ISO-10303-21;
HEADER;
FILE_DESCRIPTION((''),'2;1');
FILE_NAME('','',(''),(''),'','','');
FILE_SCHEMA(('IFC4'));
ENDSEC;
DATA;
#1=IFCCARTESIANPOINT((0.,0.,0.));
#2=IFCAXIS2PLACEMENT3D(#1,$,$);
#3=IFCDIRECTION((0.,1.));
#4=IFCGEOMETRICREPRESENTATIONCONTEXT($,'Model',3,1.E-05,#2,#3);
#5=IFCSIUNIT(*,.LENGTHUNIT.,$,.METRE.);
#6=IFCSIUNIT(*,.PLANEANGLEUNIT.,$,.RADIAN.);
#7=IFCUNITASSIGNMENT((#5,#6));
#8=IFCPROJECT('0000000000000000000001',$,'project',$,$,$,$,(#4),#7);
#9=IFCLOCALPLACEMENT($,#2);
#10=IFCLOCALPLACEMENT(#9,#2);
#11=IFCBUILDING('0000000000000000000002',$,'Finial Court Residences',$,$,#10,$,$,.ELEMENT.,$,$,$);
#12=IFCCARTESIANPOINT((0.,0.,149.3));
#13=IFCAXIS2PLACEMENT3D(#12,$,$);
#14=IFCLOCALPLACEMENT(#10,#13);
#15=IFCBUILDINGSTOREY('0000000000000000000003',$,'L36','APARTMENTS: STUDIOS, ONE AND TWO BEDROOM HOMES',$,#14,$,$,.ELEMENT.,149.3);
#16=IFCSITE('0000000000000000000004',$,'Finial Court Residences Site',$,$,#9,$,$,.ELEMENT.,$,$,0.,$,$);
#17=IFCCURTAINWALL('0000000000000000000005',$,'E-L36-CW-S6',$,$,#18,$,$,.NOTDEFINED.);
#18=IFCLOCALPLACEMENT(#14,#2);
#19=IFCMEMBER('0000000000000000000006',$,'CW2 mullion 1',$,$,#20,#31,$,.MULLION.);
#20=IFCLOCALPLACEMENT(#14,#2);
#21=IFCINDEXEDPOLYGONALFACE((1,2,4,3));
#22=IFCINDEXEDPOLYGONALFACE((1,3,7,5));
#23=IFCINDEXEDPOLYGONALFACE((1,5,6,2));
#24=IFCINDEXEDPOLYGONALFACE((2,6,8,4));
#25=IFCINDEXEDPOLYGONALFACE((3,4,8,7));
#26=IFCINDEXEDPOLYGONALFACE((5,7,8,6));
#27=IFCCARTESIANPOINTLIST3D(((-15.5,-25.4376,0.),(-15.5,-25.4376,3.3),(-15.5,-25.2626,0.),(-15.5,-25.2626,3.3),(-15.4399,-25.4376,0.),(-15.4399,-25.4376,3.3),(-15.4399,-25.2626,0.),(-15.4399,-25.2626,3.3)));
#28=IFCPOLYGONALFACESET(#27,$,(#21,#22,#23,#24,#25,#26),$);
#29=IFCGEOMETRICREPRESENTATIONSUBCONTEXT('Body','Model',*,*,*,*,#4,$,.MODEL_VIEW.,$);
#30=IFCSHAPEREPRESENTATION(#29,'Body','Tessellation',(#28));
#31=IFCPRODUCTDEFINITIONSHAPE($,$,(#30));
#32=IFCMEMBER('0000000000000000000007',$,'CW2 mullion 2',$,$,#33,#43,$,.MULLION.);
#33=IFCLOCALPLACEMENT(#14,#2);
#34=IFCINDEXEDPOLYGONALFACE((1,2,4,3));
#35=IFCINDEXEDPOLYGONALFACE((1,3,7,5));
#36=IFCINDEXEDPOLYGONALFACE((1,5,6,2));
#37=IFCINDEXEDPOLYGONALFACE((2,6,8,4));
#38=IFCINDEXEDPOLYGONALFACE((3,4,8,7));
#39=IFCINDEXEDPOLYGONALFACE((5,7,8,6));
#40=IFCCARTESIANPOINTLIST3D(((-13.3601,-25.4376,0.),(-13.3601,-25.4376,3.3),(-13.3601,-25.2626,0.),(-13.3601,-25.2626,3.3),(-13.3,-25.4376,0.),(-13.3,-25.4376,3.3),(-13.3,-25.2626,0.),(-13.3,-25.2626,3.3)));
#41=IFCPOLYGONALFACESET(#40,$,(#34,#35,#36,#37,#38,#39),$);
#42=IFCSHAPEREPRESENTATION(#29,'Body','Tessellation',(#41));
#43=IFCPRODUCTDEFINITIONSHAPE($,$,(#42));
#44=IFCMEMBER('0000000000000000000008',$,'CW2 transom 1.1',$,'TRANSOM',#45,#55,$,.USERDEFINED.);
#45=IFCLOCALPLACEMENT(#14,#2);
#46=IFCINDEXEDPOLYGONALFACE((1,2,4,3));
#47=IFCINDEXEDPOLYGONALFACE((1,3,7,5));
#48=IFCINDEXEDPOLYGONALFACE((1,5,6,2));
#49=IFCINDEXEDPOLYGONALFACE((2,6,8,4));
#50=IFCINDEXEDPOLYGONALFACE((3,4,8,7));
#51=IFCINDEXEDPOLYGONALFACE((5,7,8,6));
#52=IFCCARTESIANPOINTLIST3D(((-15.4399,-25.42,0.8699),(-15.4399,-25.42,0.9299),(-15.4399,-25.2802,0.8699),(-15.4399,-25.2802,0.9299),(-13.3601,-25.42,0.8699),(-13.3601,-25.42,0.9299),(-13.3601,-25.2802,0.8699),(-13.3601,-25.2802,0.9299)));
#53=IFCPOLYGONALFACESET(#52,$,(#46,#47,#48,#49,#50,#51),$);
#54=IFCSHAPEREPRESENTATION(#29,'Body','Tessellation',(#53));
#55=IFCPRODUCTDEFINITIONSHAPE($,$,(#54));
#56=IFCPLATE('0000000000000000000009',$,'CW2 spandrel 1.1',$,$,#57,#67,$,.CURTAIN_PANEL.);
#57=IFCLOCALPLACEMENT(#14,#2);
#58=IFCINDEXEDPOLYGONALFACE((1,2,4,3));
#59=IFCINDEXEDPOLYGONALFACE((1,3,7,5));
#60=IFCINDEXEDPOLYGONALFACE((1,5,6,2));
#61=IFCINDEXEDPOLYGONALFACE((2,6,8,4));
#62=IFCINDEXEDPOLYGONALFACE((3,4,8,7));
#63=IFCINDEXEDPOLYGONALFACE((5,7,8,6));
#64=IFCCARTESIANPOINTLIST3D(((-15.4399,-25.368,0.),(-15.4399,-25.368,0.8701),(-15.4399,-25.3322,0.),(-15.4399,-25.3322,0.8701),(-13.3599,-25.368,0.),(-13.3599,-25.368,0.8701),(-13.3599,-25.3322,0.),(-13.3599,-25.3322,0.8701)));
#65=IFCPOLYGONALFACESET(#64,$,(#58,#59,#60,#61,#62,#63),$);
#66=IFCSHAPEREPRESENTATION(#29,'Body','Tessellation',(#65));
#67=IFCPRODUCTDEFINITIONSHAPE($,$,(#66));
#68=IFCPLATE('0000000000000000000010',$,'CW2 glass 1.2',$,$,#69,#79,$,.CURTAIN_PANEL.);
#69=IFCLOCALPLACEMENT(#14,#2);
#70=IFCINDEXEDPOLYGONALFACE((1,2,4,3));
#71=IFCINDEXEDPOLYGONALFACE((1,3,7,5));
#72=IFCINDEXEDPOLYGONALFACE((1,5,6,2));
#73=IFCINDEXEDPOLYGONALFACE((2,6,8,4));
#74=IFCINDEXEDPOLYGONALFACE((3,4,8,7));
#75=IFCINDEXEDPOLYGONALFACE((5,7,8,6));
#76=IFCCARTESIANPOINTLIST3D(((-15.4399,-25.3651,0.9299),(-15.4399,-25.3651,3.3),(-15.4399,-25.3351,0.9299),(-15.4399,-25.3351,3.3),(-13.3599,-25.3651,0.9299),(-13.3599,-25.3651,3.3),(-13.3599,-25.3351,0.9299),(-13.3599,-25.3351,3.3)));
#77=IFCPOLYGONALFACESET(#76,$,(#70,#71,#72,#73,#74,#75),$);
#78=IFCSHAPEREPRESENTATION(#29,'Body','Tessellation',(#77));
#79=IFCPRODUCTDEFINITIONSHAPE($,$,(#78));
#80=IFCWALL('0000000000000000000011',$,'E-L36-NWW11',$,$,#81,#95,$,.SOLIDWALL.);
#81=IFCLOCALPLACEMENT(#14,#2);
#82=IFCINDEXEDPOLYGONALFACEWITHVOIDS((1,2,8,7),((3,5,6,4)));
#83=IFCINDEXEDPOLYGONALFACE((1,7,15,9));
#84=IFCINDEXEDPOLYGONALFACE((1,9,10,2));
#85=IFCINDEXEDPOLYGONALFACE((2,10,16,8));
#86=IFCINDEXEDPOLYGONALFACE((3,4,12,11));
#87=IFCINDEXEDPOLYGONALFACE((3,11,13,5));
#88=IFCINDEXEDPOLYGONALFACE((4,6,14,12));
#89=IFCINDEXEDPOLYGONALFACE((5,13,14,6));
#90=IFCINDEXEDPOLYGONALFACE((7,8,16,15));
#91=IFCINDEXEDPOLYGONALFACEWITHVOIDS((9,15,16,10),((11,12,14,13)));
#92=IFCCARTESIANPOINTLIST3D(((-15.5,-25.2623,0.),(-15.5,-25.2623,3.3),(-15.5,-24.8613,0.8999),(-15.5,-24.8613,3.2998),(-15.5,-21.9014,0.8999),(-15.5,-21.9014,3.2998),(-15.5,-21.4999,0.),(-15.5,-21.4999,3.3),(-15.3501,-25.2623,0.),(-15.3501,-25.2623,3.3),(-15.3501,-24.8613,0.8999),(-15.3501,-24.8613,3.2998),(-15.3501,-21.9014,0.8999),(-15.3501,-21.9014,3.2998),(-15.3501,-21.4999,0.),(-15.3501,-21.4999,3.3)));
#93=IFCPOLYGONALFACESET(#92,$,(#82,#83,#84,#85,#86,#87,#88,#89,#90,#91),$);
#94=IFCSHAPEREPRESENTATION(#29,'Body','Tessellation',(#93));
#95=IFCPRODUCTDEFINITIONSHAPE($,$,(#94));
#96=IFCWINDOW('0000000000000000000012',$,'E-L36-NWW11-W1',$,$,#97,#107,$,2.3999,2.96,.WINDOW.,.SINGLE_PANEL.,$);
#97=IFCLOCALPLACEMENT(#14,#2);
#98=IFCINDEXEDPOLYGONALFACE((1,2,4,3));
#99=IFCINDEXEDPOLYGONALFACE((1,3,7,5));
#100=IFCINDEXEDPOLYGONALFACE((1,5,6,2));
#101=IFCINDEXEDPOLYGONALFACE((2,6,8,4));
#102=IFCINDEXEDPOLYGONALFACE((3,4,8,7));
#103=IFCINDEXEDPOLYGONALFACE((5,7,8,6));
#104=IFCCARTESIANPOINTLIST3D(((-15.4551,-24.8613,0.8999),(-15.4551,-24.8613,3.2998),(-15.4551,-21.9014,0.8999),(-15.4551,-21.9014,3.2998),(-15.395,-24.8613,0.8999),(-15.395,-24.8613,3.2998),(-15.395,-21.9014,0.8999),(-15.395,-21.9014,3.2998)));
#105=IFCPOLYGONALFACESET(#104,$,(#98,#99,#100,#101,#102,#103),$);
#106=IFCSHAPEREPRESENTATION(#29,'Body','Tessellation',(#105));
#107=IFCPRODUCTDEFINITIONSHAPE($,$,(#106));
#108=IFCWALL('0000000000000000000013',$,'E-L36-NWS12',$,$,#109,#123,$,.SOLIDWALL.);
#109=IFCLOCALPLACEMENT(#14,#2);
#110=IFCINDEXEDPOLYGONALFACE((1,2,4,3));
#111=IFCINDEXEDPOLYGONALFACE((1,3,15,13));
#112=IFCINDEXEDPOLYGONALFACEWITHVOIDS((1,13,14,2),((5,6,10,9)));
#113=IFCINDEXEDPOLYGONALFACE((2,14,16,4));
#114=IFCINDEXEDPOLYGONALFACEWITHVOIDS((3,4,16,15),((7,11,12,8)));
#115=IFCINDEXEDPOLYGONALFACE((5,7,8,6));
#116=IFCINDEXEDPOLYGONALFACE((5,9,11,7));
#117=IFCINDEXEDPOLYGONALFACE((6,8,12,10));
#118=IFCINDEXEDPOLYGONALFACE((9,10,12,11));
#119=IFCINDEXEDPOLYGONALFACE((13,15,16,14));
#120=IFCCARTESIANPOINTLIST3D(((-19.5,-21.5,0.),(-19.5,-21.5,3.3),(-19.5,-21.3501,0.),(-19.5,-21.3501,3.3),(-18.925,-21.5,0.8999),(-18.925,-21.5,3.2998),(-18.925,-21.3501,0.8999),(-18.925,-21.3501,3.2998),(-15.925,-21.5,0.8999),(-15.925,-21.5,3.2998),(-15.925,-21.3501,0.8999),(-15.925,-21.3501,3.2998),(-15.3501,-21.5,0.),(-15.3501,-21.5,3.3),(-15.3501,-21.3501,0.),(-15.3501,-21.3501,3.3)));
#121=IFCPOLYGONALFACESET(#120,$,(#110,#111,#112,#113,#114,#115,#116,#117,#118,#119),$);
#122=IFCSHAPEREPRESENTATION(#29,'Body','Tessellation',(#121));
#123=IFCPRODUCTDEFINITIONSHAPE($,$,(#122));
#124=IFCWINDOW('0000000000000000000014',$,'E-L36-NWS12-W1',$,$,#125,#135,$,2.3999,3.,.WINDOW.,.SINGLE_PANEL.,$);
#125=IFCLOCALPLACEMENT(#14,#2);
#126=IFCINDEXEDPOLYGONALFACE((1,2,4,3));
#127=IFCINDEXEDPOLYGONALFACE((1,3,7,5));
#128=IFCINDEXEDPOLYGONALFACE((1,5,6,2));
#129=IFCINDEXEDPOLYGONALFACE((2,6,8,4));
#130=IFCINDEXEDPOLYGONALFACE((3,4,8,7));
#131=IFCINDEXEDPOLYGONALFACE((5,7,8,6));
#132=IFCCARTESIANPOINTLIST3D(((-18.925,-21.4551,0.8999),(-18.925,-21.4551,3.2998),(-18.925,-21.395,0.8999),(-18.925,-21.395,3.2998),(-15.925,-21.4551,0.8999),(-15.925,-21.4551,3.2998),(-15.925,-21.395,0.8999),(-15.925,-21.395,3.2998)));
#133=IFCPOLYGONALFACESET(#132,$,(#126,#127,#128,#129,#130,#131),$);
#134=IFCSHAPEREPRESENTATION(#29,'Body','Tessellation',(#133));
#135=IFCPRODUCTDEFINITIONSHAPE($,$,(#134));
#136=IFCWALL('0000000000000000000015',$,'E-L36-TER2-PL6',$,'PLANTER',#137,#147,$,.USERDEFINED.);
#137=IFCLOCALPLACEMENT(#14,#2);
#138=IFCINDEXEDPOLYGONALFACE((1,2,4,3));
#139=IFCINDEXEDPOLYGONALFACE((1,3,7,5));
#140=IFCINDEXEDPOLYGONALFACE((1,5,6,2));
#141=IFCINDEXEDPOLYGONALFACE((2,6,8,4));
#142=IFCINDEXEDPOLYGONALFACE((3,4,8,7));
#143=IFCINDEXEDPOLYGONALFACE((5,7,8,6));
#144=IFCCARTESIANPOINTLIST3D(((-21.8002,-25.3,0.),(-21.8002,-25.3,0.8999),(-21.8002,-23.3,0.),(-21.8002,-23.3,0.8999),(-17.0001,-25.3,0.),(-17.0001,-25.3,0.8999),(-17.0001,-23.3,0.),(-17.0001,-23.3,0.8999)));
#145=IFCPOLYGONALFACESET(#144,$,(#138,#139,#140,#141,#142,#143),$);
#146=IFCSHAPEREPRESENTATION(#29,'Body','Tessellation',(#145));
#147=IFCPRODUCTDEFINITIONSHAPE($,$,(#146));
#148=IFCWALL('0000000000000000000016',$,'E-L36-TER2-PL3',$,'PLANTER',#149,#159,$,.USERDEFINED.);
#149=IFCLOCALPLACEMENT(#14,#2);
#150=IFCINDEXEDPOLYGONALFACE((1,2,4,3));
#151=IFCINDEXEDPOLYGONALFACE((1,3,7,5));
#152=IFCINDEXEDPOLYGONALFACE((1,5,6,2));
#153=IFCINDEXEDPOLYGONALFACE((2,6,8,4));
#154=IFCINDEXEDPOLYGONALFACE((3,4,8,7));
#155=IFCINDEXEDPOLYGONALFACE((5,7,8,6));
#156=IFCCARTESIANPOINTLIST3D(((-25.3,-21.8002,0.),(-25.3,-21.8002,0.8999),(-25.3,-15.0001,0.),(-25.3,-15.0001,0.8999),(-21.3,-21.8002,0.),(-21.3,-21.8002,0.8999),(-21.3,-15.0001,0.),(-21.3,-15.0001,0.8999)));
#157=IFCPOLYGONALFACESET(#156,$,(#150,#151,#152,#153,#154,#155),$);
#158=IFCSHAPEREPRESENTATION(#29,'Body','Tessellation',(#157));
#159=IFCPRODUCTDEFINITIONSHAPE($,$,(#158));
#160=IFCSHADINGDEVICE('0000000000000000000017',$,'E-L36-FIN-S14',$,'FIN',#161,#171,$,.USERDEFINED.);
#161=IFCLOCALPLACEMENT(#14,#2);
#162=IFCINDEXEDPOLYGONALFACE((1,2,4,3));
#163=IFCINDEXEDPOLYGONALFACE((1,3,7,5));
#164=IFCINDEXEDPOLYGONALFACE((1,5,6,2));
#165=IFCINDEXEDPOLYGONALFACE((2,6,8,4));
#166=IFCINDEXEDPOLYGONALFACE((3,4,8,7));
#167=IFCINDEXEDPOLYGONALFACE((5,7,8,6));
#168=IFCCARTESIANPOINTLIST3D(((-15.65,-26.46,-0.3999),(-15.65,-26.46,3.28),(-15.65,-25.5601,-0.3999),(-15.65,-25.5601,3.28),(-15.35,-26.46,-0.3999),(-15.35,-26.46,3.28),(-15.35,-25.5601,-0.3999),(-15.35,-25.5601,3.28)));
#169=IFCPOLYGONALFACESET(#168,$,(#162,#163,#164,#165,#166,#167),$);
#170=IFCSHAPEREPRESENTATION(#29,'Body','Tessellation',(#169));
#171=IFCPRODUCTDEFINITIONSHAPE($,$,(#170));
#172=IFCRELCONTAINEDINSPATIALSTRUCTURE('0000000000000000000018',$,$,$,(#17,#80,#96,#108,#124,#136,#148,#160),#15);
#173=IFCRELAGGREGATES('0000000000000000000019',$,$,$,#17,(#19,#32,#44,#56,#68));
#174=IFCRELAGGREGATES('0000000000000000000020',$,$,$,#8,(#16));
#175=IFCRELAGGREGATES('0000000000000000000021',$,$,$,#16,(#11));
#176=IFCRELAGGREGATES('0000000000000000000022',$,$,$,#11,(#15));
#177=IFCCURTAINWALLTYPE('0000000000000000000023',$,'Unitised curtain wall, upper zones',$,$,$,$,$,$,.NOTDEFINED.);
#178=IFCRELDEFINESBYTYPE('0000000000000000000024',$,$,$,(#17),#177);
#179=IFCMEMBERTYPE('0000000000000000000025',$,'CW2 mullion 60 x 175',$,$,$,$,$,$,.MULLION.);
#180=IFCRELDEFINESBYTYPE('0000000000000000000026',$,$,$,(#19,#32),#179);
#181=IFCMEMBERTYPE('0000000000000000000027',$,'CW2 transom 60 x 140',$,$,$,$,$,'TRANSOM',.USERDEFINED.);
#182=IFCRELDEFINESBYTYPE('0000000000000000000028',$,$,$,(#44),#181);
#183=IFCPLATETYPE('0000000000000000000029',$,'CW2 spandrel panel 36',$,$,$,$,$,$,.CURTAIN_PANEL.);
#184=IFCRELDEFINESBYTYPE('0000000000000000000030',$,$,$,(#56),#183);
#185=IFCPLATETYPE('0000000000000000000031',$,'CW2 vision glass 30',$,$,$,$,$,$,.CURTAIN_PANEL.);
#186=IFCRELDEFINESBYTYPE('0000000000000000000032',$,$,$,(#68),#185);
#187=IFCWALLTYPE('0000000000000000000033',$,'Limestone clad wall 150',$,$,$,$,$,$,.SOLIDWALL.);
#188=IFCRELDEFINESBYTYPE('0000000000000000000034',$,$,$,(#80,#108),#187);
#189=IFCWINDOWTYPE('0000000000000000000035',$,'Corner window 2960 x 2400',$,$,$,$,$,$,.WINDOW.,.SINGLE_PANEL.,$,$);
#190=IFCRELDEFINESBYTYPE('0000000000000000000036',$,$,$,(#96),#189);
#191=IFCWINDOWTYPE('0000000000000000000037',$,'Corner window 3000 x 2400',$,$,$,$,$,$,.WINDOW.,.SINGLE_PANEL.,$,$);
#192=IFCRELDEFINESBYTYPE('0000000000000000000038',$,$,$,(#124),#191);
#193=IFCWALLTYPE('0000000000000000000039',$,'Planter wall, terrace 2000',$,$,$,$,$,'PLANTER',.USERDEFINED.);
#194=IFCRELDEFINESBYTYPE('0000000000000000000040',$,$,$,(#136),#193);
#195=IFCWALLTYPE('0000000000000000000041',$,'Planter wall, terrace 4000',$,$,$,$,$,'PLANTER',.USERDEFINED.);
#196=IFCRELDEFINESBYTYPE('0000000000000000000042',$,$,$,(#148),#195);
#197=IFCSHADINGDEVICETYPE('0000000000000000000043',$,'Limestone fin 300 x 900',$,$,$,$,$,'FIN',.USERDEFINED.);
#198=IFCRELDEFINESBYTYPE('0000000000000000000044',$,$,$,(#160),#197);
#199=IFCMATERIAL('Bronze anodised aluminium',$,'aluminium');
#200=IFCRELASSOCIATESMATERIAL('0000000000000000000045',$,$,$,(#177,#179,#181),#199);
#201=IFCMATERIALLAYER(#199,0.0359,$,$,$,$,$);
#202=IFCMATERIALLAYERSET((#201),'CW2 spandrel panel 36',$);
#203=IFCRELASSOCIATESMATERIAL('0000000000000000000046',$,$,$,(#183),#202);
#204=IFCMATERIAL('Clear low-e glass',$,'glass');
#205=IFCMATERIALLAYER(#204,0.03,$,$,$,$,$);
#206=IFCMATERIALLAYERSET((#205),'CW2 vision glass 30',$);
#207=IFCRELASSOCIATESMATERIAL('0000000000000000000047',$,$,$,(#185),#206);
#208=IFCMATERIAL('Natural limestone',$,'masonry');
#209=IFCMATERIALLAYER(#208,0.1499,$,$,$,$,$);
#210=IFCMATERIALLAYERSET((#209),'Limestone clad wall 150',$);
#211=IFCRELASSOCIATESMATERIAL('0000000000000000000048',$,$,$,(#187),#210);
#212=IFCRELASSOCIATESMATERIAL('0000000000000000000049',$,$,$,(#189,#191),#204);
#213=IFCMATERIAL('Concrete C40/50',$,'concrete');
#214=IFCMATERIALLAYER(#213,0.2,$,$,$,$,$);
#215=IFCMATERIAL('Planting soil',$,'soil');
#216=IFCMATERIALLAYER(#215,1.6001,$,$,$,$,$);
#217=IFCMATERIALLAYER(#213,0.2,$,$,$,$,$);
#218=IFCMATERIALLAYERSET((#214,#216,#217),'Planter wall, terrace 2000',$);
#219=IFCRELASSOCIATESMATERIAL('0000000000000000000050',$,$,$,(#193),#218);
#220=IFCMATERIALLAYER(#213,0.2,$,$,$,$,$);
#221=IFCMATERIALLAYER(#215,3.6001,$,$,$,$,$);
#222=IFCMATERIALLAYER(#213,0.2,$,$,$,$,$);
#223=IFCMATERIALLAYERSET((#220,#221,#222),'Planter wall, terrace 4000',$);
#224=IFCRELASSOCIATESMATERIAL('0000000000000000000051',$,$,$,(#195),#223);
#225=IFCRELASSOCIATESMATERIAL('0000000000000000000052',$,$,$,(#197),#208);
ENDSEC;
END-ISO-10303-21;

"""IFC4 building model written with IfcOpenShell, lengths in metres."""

from ifc_helpers import new_model, si_unit, direction, frame, frame_2d, origin, origin_2d, place, context, subcontext, project, spatial, rectangle, extrude, material, layer, layer_set, material_profile, profile_set, type_object, element, fill, aggregate, save


model = new_model("IFC4")

# Units and contexts
model_context = context("Model", 3, precision=1e-05, world=origin(), true_north=direction((0.0, 1.0)))
body_context = subcontext(model_context, "Body", "Model", "MODEL_VIEW")
ifc_project = project(units=[si_unit("LENGTHUNIT", "METRE"), si_unit("PLANEANGLEUNIT", "RADIAN")], contexts=[model_context])

# Site, building, storey
site_placement = place(None, origin())
site = spatial("IfcSite", under=ifc_project, at=site_placement, Name="Finial Court Residences Site", CompositionType="ELEMENT", RefElevation=0.0)
building_placement = place(site_placement, origin())
building = spatial("IfcBuilding", under=site, at=building_placement, Name="Finial Court Residences", CompositionType="ELEMENT")
storey_placement = place(building_placement, frame((0.0, 0.0, 149.3)))
storey = spatial("IfcBuildingStorey", under=building, at=storey_placement, Name="L36", Description="APARTMENTS: STUDIOS, ONE AND TWO BEDROOM HOMES", CompositionType="ELEMENT", Elevation=149.3)

# Curtain wall, members, plates
ifc_material_1 = material(Name="Bronze anodised aluminium", Category="aluminium")
curtain_wall_type = type_object("IfcCurtainWallType", Name="Unitised curtain wall, upper zones", PredefinedType="NOTDEFINED", material=ifc_material_1)
curtain_wall_placement = place(storey_placement, origin())
curtain_wall = element("IfcCurtainWall", 1, at=curtain_wall_placement, inside=storey, type_object=curtain_wall_type, Name="E-L36-CW-S6", PredefinedType="NOTDEFINED")
ifc_material_profile_1 = material_profile(ifc_material_1, rectangle(XDim=0.175, YDim=0.0601, at=origin_2d()), Name="CW2 mullion 60 x 175")
ifc_profile_set_1 = profile_set([ifc_material_profile_1], Name="Bronze anodised aluminium")
member_type_1 = type_object("IfcMemberType", Name="CW2 mullion 60 x 175", PredefinedType="MULLION", material=ifc_profile_set_1)
member_1_placement = place(storey_placement, frame((-15.47, -25.3501, 0.0), z_axis=(0.0, 0.0, 1.0), x_axis=(0.0, 1.0, 0.0)))
member_1 = element("IfcMember", 2, at=member_1_placement, type_object=member_type_1, Name="CW2 mullion 1", PredefinedType="MULLION", context=body_context, shape_type="SweptSolid", body=[
    extrude(rectangle(XDim=0.175, YDim=0.0601, at=origin_2d()), origin(), (0.0, 0.0, 1.0), 3.3),
])
member_2_placement = place(storey_placement, frame((-13.3301, -25.3501, 0.0), z_axis=(0.0, 0.0, 1.0), x_axis=(0.0, 1.0, 0.0)))
member_2 = element("IfcMember", 3, at=member_2_placement, type_object=member_type_1, Name="CW2 mullion 2", PredefinedType="MULLION", context=body_context, shape_type="SweptSolid", body=[
    extrude(rectangle(XDim=0.175, YDim=0.0601, at=origin_2d()), origin(), (0.0, 0.0, 1.0), 3.3),
])
ifc_material_profile_2 = material_profile(ifc_material_1, rectangle(XDim=0.1399, YDim=0.0601, at=origin_2d()), Name="CW2 transom 60 x 140")
ifc_profile_set_2 = profile_set([ifc_material_profile_2], Name="Bronze anodised aluminium")
member_type_2 = type_object("IfcMemberType", Name="CW2 transom 60 x 140", ElementType="TRANSOM", PredefinedType="USERDEFINED", material=ifc_profile_set_2)
member_3_placement = place(storey_placement, frame((-15.4399, -25.3501, 0.8999), z_axis=(1.0, 0.0, 0.0), x_axis=(0.0, 1.0, 0.0)))
member_3 = element("IfcMember", 4, at=member_3_placement, type_object=member_type_2, Name="CW2 transom 1.1", ObjectType="TRANSOM", PredefinedType="USERDEFINED", context=body_context, shape_type="SweptSolid", body=[
    extrude(rectangle(XDim=0.1399, YDim=0.0601, at=origin_2d()), origin(), (0.0, 0.0, 1.0), 2.0798),
])
ifc_layer_1 = layer(ifc_material_1, 0.0359)
ifc_layer_set_1 = layer_set([ifc_layer_1], Name="CW2 spandrel panel 36")
plate_type_1 = type_object("IfcPlateType", Name="CW2 spandrel panel 36", PredefinedType="CURTAIN_PANEL", material=ifc_layer_set_1)
plate_1_placement = place(storey_placement, frame((-14.3999, -25.3501, 0.0), z_axis=(0.0, 0.0, 1.0), x_axis=(1.0, 0.0, 0.0)))
plate_1 = element("IfcPlate", 5, at=plate_1_placement, type_object=plate_type_1, Name="CW2 spandrel 1.1", PredefinedType="CURTAIN_PANEL", context=body_context, shape_type="SweptSolid", body=[
    extrude(rectangle(XDim=2.0801, YDim=0.0359, at=origin_2d()), origin(), (0.0, 0.0, 1.0), 0.8701),
])
ifc_material_2 = material(Name="Clear low-e glass", Category="glass")
ifc_layer_2 = layer(ifc_material_2, 0.03)
ifc_layer_set_2 = layer_set([ifc_layer_2], Name="CW2 vision glass 30")
plate_type_2 = type_object("IfcPlateType", Name="CW2 vision glass 30", PredefinedType="CURTAIN_PANEL", material=ifc_layer_set_2)
plate_2_placement = place(storey_placement, frame((-14.3999, -25.3501, 0.9299), z_axis=(0.0, 0.0, 1.0), x_axis=(1.0, 0.0, 0.0)))
plate_2 = element("IfcPlate", 6, at=plate_2_placement, type_object=plate_type_2, Name="CW2 glass 1.2", PredefinedType="CURTAIN_PANEL", context=body_context, shape_type="SweptSolid", body=[
    extrude(rectangle(XDim=2.0801, YDim=0.03, at=origin_2d()), origin(), (0.0, 0.0, 1.0), 2.3701),
])
aggregate(curtain_wall, [member_1, member_2, member_3, plate_1, plate_2])

# Walls, openings, windows
ifc_material_3 = material(Name="Natural limestone", Category="masonry")
ifc_layer_3 = layer(ifc_material_3, 0.1499)
ifc_layer_set_3 = layer_set([ifc_layer_3], Name="Limestone clad wall 150")
wall_type_1 = type_object("IfcWallType", Name="Limestone clad wall 150", PredefinedType="SOLIDWALL", material=ifc_layer_set_3)
wall_1_placement = place(storey_placement, frame((-15.425, -25.2625, 0.0), z_axis=(0.0, 0.0, 1.0), x_axis=(0.0, 1.0, 0.0)))
wall_1 = element("IfcWall", 7, at=wall_1_placement, inside=storey, type_object=wall_type_1, Name="E-L36-NWW11", PredefinedType="SOLIDWALL", context=body_context, shape_type="SweptSolid", body=[
    extrude(rectangle(XDim=3.7625, YDim=0.1499, at=frame_2d((1.8813, 0.0))), origin(), (0.0, 0.0, 1.0), 3.3),
])
opening_1_placement = place(wall_1_placement, frame((0.4011, 0.0, 0.8999)))
opening_1 = element("IfcOpeningElement", 8, at=opening_1_placement, cuts=wall_1, PredefinedType="OPENING", context=body_context, shape_type="SweptSolid", body=[
    extrude(rectangle(XDim=2.96, YDim=2.3999, at=frame_2d((1.48, 1.2))), frame((0.0, 0.085, 0.0), z_axis=(0.0, -1.0, 0.0), x_axis=(1.0, 0.0, 0.0)), (0.0, 0.0, 1.0), 0.1699),
])
window_type_1 = type_object("IfcWindowType", Name="Corner window 2960 x 2400", PartitioningType="SINGLE_PANEL", PredefinedType="WINDOW", material=ifc_material_2)
window_1_placement = place(opening_1_placement, origin())
window_1 = element("IfcWindow", 9, at=window_1_placement, inside=storey, type_object=window_type_1, Name="E-L36-NWW11-W1", OverallHeight=2.3999, OverallWidth=2.96, PartitioningType="SINGLE_PANEL", PredefinedType="WINDOW", context=body_context, shape_type="SweptSolid", body=[
    extrude(rectangle(XDim=2.96, YDim=2.3999, at=frame_2d((1.48, 1.2))), frame((0.0, 0.03, 0.0), z_axis=(0.0, -1.0, 0.0), x_axis=(1.0, 0.0, 0.0)), (0.0, 0.0, 1.0), 0.0601),
])
fill(opening_1, window_1)
wall_2_placement = place(storey_placement, frame((-15.3501, -21.425, 0.0), z_axis=(0.0, 0.0, 1.0), x_axis=(-1.0, 0.0, 0.0)))
wall_2 = element("IfcWall", 10, at=wall_2_placement, inside=storey, type_object=wall_type_1, Name="E-L36-NWS12", PredefinedType="SOLIDWALL", context=body_context, shape_type="SweptSolid", body=[
    extrude(rectangle(XDim=4.1499, YDim=0.1499, at=frame_2d((2.075, 0.0))), origin(), (0.0, 0.0, 1.0), 3.3),
])
opening_2_placement = place(wall_2_placement, frame((0.575, 0.0, 0.8999)))
opening_2 = element("IfcOpeningElement", 11, at=opening_2_placement, cuts=wall_2, PredefinedType="OPENING", context=body_context, shape_type="SweptSolid", body=[
    extrude(rectangle(XDim=3.0, YDim=2.3999, at=frame_2d((1.5, 1.2))), frame((0.0, 0.085, 0.0), z_axis=(0.0, -1.0, 0.0), x_axis=(1.0, 0.0, 0.0)), (0.0, 0.0, 1.0), 0.1699),
])
window_type_2 = type_object("IfcWindowType", Name="Corner window 3000 x 2400", PartitioningType="SINGLE_PANEL", PredefinedType="WINDOW", material=ifc_material_2)
window_2_placement = place(opening_2_placement, origin())
window_2 = element("IfcWindow", 12, at=window_2_placement, inside=storey, type_object=window_type_2, Name="E-L36-NWS12-W1", OverallHeight=2.3999, OverallWidth=3.0, PartitioningType="SINGLE_PANEL", PredefinedType="WINDOW", context=body_context, shape_type="SweptSolid", body=[
    extrude(rectangle(XDim=3.0, YDim=2.3999, at=frame_2d((1.5, 1.2))), frame((0.0, 0.03, 0.0), z_axis=(0.0, -1.0, 0.0), x_axis=(1.0, 0.0, 0.0)), (0.0, 0.0, 1.0), 0.0601),
])
fill(opening_2, window_2)

# Walls
ifc_material_4 = material(Name="Concrete C40/50", Category="concrete")
ifc_layer_4 = layer(ifc_material_4, 0.2)
ifc_material_5 = material(Name="Planting soil", Category="soil")
ifc_layer_5 = layer(ifc_material_5, 1.6001)
ifc_layer_6 = layer(ifc_material_4, 0.2)
ifc_layer_set_4 = layer_set([ifc_layer_4, ifc_layer_5, ifc_layer_6], Name="Planter wall, terrace 2000")
wall_type_2 = type_object("IfcWallType", Name="Planter wall, terrace 2000", ElementType="PLANTER", PredefinedType="USERDEFINED", material=ifc_layer_set_4)
wall_3_placement = place(storey_placement, frame((-21.8, -24.3, 0.0), z_axis=(0.0, 0.0, 1.0), x_axis=(1.0, 0.0, 0.0)))
element("IfcWall", 13, at=wall_3_placement, inside=storey, type_object=wall_type_2, Name="E-L36-TER2-PL6", ObjectType="PLANTER", PredefinedType="USERDEFINED", context=body_context, shape_type="SweptSolid", body=[
    extrude(rectangle(XDim=4.8, YDim=2.0, at=frame_2d((2.3999, 0.0))), origin(), (0.0, 0.0, 1.0), 0.8999),
])
ifc_layer_7 = layer(ifc_material_4, 0.2)
ifc_layer_8 = layer(ifc_material_5, 3.6001)
ifc_layer_9 = layer(ifc_material_4, 0.2)
ifc_layer_set_5 = layer_set([ifc_layer_7, ifc_layer_8, ifc_layer_9], Name="Planter wall, terrace 4000")
wall_type_3 = type_object("IfcWallType", Name="Planter wall, terrace 4000", ElementType="PLANTER", PredefinedType="USERDEFINED", material=ifc_layer_set_5)
wall_4_placement = place(storey_placement, frame((-23.3, -21.8, 0.0), z_axis=(0.0, 0.0, 1.0), x_axis=(0.0, 1.0, 0.0)))
element("IfcWall", 14, at=wall_4_placement, inside=storey, type_object=wall_type_3, Name="E-L36-TER2-PL3", ObjectType="PLANTER", PredefinedType="USERDEFINED", context=body_context, shape_type="SweptSolid", body=[
    extrude(rectangle(XDim=6.8, YDim=4.0, at=frame_2d((3.3999, 0.0))), origin(), (0.0, 0.0, 1.0), 0.8999),
])

# Shading device
shading_device_type = type_object("IfcShadingDeviceType", Name="Limestone fin 300 x 900", ElementType="FIN", PredefinedType="USERDEFINED", material=ifc_material_3)
shading_device_1_placement = place(storey_placement, frame((-15.5, -26.01, -0.3999), z_axis=(0.0, 0.0, 1.0), x_axis=(1.0, 0.0, 0.0)))
element("IfcShadingDevice", 15, at=shading_device_1_placement, inside=storey, type_object=shading_device_type, Name="E-L36-FIN-S14", ObjectType="FIN", PredefinedType="USERDEFINED", context=body_context, shape_type="SweptSolid", body=[
    extrude(rectangle(XDim=0.3, YDim=0.8999, at=origin_2d()), origin(), (0.0, 0.0, 1.0), 3.6799),
])

save(model, "model.ifc")
